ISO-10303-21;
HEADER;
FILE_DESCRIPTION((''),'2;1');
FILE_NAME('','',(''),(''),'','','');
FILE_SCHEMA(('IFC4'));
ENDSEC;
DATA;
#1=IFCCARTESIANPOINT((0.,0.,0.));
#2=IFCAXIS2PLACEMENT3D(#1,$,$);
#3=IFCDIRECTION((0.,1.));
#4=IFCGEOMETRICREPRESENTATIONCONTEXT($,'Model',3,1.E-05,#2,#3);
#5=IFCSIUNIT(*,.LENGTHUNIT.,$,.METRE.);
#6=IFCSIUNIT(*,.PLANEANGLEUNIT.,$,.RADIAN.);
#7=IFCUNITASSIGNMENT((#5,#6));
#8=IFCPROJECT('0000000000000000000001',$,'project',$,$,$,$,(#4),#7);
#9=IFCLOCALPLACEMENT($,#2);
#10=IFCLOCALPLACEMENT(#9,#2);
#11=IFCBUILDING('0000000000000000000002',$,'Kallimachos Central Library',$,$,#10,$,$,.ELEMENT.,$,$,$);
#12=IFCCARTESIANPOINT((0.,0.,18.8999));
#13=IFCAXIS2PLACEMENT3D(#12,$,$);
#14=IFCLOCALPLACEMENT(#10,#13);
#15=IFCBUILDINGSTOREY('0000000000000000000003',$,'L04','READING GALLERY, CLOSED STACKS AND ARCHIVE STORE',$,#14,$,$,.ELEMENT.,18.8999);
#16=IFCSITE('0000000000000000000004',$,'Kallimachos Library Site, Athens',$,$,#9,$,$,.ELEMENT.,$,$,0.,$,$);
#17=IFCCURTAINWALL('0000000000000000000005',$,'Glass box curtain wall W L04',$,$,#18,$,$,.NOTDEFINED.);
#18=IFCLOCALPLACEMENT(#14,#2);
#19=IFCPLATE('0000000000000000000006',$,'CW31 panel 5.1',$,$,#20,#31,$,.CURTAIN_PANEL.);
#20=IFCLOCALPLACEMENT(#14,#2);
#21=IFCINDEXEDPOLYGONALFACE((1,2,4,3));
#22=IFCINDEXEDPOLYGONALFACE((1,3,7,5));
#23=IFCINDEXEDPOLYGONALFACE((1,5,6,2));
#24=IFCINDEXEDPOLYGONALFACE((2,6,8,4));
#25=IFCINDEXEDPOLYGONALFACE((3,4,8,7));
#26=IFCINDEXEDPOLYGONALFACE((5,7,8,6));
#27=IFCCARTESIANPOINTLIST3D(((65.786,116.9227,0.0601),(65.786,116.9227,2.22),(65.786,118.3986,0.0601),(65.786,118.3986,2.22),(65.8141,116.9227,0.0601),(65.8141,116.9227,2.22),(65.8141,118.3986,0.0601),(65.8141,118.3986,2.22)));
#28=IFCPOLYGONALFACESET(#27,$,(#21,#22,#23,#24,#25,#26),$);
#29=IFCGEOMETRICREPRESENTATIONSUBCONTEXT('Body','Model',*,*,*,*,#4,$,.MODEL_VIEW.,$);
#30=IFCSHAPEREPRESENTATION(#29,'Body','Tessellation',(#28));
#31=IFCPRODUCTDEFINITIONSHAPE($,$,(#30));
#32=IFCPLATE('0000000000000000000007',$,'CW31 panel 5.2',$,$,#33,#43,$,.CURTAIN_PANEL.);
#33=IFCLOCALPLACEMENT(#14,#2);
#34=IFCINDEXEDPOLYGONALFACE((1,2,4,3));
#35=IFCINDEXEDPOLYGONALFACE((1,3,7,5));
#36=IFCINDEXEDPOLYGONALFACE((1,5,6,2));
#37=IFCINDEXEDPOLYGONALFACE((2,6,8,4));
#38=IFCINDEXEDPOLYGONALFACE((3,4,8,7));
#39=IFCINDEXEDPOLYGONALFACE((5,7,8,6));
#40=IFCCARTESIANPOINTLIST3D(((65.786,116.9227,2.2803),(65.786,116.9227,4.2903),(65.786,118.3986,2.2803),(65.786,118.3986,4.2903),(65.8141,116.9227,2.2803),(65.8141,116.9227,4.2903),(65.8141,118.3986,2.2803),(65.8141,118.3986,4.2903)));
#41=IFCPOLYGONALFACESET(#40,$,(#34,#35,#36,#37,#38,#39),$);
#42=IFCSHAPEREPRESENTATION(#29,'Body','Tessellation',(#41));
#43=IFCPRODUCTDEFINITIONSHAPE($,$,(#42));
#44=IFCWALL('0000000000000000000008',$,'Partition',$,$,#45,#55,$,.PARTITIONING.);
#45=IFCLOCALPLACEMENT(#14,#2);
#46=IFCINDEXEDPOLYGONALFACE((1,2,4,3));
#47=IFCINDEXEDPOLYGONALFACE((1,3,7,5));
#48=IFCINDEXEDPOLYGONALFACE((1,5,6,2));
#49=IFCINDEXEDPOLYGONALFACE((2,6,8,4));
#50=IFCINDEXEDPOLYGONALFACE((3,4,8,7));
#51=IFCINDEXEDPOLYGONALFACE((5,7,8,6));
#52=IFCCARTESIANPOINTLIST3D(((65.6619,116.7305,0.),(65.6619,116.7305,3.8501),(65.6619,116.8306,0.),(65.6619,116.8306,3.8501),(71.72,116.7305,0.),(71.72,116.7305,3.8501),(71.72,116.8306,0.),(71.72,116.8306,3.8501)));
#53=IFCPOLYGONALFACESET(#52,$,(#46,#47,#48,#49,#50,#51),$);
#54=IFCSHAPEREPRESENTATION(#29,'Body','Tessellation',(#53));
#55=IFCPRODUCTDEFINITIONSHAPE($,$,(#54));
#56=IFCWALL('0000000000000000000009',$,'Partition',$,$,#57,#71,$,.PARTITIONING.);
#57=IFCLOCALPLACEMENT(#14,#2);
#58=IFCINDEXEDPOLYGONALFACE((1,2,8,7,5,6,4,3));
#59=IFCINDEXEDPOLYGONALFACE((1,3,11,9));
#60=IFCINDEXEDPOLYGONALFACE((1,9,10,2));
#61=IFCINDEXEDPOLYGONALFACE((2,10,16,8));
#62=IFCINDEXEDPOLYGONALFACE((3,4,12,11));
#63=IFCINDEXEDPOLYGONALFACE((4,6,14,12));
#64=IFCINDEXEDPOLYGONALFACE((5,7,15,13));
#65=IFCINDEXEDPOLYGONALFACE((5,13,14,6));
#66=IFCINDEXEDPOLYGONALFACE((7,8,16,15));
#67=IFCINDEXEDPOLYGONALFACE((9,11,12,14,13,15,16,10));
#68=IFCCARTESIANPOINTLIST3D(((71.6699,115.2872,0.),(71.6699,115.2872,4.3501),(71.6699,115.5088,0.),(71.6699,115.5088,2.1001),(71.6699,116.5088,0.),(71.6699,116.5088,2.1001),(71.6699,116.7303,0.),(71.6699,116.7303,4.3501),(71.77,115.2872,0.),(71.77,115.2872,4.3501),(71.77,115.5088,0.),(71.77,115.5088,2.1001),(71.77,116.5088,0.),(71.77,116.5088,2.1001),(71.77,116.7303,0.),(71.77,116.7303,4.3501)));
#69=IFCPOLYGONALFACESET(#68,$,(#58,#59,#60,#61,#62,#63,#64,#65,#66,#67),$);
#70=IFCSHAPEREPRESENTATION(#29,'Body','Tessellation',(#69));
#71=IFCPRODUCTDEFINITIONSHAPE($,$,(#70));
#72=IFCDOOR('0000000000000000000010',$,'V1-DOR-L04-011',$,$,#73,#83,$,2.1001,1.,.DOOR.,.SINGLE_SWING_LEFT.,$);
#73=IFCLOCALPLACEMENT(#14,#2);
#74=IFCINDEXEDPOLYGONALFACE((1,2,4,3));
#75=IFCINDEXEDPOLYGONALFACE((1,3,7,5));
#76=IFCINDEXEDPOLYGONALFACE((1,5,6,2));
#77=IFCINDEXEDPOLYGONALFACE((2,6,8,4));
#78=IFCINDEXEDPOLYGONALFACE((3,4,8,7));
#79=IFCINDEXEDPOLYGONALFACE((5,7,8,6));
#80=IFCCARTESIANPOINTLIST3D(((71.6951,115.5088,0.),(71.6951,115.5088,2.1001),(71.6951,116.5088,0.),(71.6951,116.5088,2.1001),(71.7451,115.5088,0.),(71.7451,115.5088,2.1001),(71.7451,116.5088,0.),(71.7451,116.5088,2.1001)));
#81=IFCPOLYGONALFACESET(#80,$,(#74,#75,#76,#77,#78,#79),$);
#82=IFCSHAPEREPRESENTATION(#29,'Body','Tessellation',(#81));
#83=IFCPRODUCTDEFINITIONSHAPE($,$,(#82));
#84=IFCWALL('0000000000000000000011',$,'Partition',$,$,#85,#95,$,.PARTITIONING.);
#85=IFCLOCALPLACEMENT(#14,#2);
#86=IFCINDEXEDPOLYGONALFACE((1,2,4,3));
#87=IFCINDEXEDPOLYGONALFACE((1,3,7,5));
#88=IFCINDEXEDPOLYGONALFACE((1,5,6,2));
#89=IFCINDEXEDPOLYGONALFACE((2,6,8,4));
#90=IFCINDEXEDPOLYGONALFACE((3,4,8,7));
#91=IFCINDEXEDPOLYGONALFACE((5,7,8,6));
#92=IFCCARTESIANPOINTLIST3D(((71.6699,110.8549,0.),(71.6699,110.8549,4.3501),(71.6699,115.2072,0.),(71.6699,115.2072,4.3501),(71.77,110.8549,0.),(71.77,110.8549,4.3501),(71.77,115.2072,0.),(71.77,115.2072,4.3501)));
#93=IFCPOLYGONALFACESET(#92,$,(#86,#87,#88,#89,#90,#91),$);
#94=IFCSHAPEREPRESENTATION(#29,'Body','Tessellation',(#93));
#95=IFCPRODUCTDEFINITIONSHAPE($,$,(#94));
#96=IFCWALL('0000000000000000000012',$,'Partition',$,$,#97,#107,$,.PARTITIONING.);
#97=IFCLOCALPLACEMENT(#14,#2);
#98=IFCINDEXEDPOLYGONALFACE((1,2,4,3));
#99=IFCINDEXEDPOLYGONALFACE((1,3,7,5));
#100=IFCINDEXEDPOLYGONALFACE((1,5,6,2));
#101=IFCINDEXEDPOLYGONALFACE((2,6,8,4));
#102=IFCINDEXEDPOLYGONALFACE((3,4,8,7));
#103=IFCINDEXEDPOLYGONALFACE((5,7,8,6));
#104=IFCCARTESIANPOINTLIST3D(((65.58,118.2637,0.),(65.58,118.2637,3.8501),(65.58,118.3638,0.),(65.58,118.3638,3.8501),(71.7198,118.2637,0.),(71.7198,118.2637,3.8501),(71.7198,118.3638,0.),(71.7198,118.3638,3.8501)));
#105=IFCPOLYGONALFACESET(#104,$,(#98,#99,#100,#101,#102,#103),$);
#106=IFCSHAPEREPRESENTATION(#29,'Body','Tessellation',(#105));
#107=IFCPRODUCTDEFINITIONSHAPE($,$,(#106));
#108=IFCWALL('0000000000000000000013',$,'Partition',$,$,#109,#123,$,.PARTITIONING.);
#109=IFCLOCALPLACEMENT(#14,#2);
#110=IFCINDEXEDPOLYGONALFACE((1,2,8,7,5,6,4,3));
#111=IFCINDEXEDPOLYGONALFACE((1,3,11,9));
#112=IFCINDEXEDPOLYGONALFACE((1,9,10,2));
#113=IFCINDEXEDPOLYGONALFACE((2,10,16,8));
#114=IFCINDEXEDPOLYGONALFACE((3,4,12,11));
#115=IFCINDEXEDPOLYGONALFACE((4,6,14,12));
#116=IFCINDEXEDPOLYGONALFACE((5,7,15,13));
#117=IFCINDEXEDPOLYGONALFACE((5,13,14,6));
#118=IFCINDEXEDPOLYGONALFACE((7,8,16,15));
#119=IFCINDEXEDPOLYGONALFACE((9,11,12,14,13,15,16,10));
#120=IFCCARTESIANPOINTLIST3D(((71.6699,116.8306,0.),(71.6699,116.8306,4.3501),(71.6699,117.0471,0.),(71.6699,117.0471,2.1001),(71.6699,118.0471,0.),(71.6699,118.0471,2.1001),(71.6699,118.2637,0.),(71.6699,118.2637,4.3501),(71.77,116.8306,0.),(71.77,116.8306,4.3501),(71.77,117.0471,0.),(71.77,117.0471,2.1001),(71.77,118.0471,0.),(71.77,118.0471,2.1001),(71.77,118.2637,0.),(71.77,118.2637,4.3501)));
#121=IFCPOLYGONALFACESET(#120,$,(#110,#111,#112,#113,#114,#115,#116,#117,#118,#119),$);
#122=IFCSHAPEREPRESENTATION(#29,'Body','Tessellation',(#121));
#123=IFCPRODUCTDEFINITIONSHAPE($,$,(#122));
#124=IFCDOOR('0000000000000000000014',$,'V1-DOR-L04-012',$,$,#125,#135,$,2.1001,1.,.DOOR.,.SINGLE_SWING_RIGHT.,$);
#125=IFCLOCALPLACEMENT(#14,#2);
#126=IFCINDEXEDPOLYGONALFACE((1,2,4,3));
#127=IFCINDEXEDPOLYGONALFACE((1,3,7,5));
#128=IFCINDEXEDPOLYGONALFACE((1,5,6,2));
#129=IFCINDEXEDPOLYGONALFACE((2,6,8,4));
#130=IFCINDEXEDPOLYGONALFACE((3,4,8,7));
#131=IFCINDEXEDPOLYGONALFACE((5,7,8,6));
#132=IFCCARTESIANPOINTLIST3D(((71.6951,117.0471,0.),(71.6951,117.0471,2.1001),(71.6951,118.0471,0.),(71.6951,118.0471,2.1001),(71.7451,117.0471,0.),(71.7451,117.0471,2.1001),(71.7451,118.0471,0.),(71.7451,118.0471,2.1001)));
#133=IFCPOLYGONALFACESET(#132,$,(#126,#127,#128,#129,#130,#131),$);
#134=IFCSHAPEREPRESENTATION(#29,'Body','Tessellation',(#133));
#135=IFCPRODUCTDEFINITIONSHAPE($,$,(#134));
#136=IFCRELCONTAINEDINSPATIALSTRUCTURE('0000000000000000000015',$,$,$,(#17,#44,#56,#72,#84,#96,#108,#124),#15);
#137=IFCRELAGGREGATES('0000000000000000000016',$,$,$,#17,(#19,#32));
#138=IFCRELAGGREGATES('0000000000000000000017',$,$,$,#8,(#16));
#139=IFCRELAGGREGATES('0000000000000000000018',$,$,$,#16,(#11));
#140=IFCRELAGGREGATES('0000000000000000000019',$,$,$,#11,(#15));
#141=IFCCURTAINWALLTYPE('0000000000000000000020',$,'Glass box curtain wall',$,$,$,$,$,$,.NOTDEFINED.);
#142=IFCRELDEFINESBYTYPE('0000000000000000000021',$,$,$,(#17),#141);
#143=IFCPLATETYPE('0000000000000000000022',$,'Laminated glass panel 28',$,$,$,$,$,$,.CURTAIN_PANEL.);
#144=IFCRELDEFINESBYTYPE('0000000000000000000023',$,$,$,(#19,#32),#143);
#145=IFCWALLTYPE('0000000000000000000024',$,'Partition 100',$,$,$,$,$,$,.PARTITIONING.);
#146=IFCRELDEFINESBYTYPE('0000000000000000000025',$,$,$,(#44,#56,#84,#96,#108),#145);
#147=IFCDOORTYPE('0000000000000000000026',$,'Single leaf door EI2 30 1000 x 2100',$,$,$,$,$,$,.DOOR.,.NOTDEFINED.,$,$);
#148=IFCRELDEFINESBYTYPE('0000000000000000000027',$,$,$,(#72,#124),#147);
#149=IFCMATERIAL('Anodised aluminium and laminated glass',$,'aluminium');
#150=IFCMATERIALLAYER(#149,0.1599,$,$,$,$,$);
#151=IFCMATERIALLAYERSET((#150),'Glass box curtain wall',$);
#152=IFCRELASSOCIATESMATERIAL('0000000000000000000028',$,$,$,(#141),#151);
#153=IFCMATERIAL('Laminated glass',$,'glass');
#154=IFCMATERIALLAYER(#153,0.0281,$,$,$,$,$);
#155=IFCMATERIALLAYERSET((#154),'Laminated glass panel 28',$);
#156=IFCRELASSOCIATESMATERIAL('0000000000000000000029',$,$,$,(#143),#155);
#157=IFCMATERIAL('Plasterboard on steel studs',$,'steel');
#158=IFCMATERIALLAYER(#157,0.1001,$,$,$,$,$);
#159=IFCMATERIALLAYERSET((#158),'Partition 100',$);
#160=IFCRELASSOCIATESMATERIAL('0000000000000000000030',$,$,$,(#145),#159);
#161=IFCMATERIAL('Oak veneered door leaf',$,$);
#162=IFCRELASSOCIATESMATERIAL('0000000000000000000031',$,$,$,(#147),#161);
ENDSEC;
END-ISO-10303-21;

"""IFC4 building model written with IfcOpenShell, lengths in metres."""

from ifc_helpers import new_model, si_unit, direction, frame, frame_2d, origin, origin_2d, place, context, subcontext, project, spatial, rectangle, extrude, material, layer, layer_set, type_object, element, fill, aggregate, save


model = new_model("IFC4")

# Units and contexts
model_context = context("Model", 3, precision=1e-05, world=origin(), true_north=direction((0.0, 1.0)))
body_context = subcontext(model_context, "Body", "Model", "MODEL_VIEW")
ifc_project = project(units=[si_unit("LENGTHUNIT", "METRE"), si_unit("PLANEANGLEUNIT", "RADIAN")], contexts=[model_context])

# Site, building, storey
site_placement = place(None, origin())
site = spatial("IfcSite", under=ifc_project, at=site_placement, Name="Kallimachos Library Site, Athens", CompositionType="ELEMENT", RefElevation=0.0)
building_placement = place(site_placement, origin())
building = spatial("IfcBuilding", under=site, at=building_placement, Name="Kallimachos Central Library", CompositionType="ELEMENT")
storey_placement = place(building_placement, frame((0.0, 0.0, 18.8999)))
storey = spatial("IfcBuildingStorey", under=building, at=storey_placement, Name="L04", Description="READING GALLERY, CLOSED STACKS AND ARCHIVE STORE", CompositionType="ELEMENT", Elevation=18.8999)

# Curtain wall
ifc_material_1 = material(Name="Anodised aluminium and laminated glass", Category="aluminium")
ifc_layer_1 = layer(ifc_material_1, 0.1599)
ifc_layer_set_1 = layer_set([ifc_layer_1], Name="Glass box curtain wall")
curtain_wall_type = type_object("IfcCurtainWallType", Name="Glass box curtain wall", PredefinedType="NOTDEFINED", material=ifc_layer_set_1)
curtain_wall_placement = place(storey_placement, origin())
curtain_wall = element("IfcCurtainWall", 1, at=curtain_wall_placement, inside=storey, type_object=curtain_wall_type, Name="Glass box curtain wall W L04", PredefinedType="NOTDEFINED")

# Plates
ifc_material_2 = material(Name="Laminated glass", Category="glass")
ifc_layer_2 = layer(ifc_material_2, 0.0281)
ifc_layer_set_2 = layer_set([ifc_layer_2], Name="Laminated glass panel 28")
plate_type = type_object("IfcPlateType", Name="Laminated glass panel 28", PredefinedType="CURTAIN_PANEL", material=ifc_layer_set_2)
plate_1_placement = place(storey_placement, frame((65.8, 117.6606, 0.0601), z_axis=(0.0, 0.0, 1.0), x_axis=(0.0, 1.0, 0.0)))
plate_1 = element("IfcPlate", 2, at=plate_1_placement, type_object=plate_type, Name="CW31 panel 5.1", PredefinedType="CURTAIN_PANEL", context=body_context, shape_type="SweptSolid", body=[
    extrude(rectangle(XDim=1.4758, YDim=0.0281, at=origin_2d()), origin(), (0.0, 0.0, 1.0), 2.1599),
])
plate_2_placement = place(storey_placement, frame((65.8, 117.6606, 2.2803), z_axis=(0.0, 0.0, 1.0), x_axis=(0.0, 1.0, 0.0)))
plate_2 = element("IfcPlate", 3, at=plate_2_placement, type_object=plate_type, Name="CW31 panel 5.2", PredefinedType="CURTAIN_PANEL", context=body_context, shape_type="SweptSolid", body=[
    extrude(rectangle(XDim=1.4758, YDim=0.0281, at=origin_2d()), origin(), (0.0, 0.0, 1.0), 2.01),
])
aggregate(curtain_wall, [plate_1, plate_2])

# Wall
ifc_material_3 = material(Name="Plasterboard on steel studs", Category="steel")
ifc_layer_3 = layer(ifc_material_3, 0.1001)
ifc_layer_set_3 = layer_set([ifc_layer_3], Name="Partition 100")
wall_type = type_object("IfcWallType", Name="Partition 100", PredefinedType="PARTITIONING", material=ifc_layer_set_3)
wall_1_placement = place(storey_placement, frame((65.6619, 116.7805, 0.0), z_axis=(0.0, 0.0, 1.0), x_axis=(1.0, 0.0, 0.0)))
element("IfcWall", 4, at=wall_1_placement, inside=storey, type_object=wall_type, Name="Partition", PredefinedType="PARTITIONING", context=body_context, shape_type="SweptSolid", body=[
    extrude(rectangle(XDim=6.0581, YDim=0.1001, at=frame_2d((3.0291, 0.0))), origin(), (0.0, 0.0, 1.0), 3.8501),
])

# Wall, opening, door
wall_2_placement = place(storey_placement, frame((71.72, 116.7305, 0.0), z_axis=(0.0, 0.0, 1.0), x_axis=(0.0, -1.0, 0.0)))
wall_2 = element("IfcWall", 5, at=wall_2_placement, inside=storey, type_object=wall_type, Name="Partition", PredefinedType="PARTITIONING", context=body_context, shape_type="SweptSolid", body=[
    extrude(rectangle(XDim=1.4431, YDim=0.1001, at=frame_2d((0.7217, 0.0))), origin(), (0.0, 0.0, 1.0), 4.3501),
])
opening_1_placement = place(wall_2_placement, frame((0.2217, 0.0, 0.0)))
opening_1 = element("IfcOpeningElement", 6, at=opening_1_placement, cuts=wall_2, PredefinedType="OPENING", context=body_context, shape_type="SweptSolid", body=[
    extrude(rectangle(XDim=1.0, YDim=2.1001, at=frame_2d((0.5, 1.05))), frame((0.0, 0.0601, 0.0), z_axis=(0.0, -1.0, 0.0), x_axis=(1.0, 0.0, 0.0)), (0.0, 0.0, 1.0), 0.1201),
])
ifc_material_4 = material(Name="Oak veneered door leaf")
door_type = type_object("IfcDoorType", Name="Single leaf door EI2 30 1000 x 2100", OperationType="NOTDEFINED", PredefinedType="DOOR", material=ifc_material_4)
door_1_placement = place(opening_1_placement, frame((1.0, 0.0, 0.0), z_axis=(0.0, 0.0, 1.0), x_axis=(-1.0, 0.0, 0.0)))
door_1 = element("IfcDoor", 7, at=door_1_placement, inside=storey, type_object=door_type, Name="V1-DOR-L04-011", OperationType="SINGLE_SWING_LEFT", OverallHeight=2.1001, OverallWidth=1.0, PredefinedType="DOOR", context=body_context, shape_type="SweptSolid", body=[
    extrude(rectangle(XDim=1.0, YDim=2.1001, at=frame_2d((0.5, 1.05))), frame((0.0, 0.0249, 0.0), z_axis=(0.0, -1.0, 0.0), x_axis=(1.0, 0.0, 0.0)), (0.0, 0.0, 1.0), 0.05),
])
fill(opening_1, door_1)

# Walls
wall_3_placement = place(storey_placement, frame((71.72, 115.2073, 0.0), z_axis=(0.0, 0.0, 1.0), x_axis=(0.0, -1.0, 0.0)))
element("IfcWall", 8, at=wall_3_placement, inside=storey, type_object=wall_type, Name="Partition", PredefinedType="PARTITIONING", context=body_context, shape_type="SweptSolid", body=[
    extrude(rectangle(XDim=4.3523, YDim=0.1001, at=frame_2d((2.1763, 0.0))), origin(), (0.0, 0.0, 1.0), 4.3501),
])
wall_4_placement = place(storey_placement, frame((65.5801, 118.3137, 0.0), z_axis=(0.0, 0.0, 1.0), x_axis=(1.0, 0.0, 0.0)))
element("IfcWall", 9, at=wall_4_placement, inside=storey, type_object=wall_type, Name="Partition", PredefinedType="PARTITIONING", context=body_context, shape_type="SweptSolid", body=[
    extrude(rectangle(XDim=6.1399, YDim=0.1001, at=frame_2d((3.0698, 0.0))), origin(), (0.0, 0.0, 1.0), 3.8501),
])

# Wall, opening, door
wall_5_placement = place(storey_placement, frame((71.72, 118.2637, 0.0), z_axis=(0.0, 0.0, 1.0), x_axis=(0.0, -1.0, 0.0)))
wall_5 = element("IfcWall", 10, at=wall_5_placement, inside=storey, type_object=wall_type, Name="Partition", PredefinedType="PARTITIONING", context=body_context, shape_type="SweptSolid", body=[
    extrude(rectangle(XDim=1.4331, YDim=0.1001, at=frame_2d((0.7166, 0.0))), origin(), (0.0, 0.0, 1.0), 4.3501),
])
opening_2_placement = place(wall_5_placement, frame((0.2166, 0.0, 0.0)))
opening_2 = element("IfcOpeningElement", 11, at=opening_2_placement, cuts=wall_5, PredefinedType="OPENING", context=body_context, shape_type="SweptSolid", body=[
    extrude(rectangle(XDim=1.0, YDim=2.1001, at=frame_2d((0.5, 1.05))), frame((0.0, 0.0601, 0.0), z_axis=(0.0, -1.0, 0.0), x_axis=(1.0, 0.0, 0.0)), (0.0, 0.0, 1.0), 0.1201),
])
door_2_placement = place(opening_2_placement, frame((1.0, 0.0, 0.0), z_axis=(0.0, 0.0, 1.0), x_axis=(-1.0, 0.0, 0.0)))
door_2 = element("IfcDoor", 12, at=door_2_placement, inside=storey, type_object=door_type, Name="V1-DOR-L04-012", OperationType="SINGLE_SWING_RIGHT", OverallHeight=2.1001, OverallWidth=1.0, PredefinedType="DOOR", context=body_context, shape_type="SweptSolid", body=[
    extrude(rectangle(XDim=1.0, YDim=2.1001, at=frame_2d((0.5, 1.05))), frame((0.0, 0.0249, 0.0), z_axis=(0.0, -1.0, 0.0), x_axis=(1.0, 0.0, 0.0)), (0.0, 0.0, 1.0), 0.05),
])
fill(opening_2, door_2)

save(model, "model.ifc")
